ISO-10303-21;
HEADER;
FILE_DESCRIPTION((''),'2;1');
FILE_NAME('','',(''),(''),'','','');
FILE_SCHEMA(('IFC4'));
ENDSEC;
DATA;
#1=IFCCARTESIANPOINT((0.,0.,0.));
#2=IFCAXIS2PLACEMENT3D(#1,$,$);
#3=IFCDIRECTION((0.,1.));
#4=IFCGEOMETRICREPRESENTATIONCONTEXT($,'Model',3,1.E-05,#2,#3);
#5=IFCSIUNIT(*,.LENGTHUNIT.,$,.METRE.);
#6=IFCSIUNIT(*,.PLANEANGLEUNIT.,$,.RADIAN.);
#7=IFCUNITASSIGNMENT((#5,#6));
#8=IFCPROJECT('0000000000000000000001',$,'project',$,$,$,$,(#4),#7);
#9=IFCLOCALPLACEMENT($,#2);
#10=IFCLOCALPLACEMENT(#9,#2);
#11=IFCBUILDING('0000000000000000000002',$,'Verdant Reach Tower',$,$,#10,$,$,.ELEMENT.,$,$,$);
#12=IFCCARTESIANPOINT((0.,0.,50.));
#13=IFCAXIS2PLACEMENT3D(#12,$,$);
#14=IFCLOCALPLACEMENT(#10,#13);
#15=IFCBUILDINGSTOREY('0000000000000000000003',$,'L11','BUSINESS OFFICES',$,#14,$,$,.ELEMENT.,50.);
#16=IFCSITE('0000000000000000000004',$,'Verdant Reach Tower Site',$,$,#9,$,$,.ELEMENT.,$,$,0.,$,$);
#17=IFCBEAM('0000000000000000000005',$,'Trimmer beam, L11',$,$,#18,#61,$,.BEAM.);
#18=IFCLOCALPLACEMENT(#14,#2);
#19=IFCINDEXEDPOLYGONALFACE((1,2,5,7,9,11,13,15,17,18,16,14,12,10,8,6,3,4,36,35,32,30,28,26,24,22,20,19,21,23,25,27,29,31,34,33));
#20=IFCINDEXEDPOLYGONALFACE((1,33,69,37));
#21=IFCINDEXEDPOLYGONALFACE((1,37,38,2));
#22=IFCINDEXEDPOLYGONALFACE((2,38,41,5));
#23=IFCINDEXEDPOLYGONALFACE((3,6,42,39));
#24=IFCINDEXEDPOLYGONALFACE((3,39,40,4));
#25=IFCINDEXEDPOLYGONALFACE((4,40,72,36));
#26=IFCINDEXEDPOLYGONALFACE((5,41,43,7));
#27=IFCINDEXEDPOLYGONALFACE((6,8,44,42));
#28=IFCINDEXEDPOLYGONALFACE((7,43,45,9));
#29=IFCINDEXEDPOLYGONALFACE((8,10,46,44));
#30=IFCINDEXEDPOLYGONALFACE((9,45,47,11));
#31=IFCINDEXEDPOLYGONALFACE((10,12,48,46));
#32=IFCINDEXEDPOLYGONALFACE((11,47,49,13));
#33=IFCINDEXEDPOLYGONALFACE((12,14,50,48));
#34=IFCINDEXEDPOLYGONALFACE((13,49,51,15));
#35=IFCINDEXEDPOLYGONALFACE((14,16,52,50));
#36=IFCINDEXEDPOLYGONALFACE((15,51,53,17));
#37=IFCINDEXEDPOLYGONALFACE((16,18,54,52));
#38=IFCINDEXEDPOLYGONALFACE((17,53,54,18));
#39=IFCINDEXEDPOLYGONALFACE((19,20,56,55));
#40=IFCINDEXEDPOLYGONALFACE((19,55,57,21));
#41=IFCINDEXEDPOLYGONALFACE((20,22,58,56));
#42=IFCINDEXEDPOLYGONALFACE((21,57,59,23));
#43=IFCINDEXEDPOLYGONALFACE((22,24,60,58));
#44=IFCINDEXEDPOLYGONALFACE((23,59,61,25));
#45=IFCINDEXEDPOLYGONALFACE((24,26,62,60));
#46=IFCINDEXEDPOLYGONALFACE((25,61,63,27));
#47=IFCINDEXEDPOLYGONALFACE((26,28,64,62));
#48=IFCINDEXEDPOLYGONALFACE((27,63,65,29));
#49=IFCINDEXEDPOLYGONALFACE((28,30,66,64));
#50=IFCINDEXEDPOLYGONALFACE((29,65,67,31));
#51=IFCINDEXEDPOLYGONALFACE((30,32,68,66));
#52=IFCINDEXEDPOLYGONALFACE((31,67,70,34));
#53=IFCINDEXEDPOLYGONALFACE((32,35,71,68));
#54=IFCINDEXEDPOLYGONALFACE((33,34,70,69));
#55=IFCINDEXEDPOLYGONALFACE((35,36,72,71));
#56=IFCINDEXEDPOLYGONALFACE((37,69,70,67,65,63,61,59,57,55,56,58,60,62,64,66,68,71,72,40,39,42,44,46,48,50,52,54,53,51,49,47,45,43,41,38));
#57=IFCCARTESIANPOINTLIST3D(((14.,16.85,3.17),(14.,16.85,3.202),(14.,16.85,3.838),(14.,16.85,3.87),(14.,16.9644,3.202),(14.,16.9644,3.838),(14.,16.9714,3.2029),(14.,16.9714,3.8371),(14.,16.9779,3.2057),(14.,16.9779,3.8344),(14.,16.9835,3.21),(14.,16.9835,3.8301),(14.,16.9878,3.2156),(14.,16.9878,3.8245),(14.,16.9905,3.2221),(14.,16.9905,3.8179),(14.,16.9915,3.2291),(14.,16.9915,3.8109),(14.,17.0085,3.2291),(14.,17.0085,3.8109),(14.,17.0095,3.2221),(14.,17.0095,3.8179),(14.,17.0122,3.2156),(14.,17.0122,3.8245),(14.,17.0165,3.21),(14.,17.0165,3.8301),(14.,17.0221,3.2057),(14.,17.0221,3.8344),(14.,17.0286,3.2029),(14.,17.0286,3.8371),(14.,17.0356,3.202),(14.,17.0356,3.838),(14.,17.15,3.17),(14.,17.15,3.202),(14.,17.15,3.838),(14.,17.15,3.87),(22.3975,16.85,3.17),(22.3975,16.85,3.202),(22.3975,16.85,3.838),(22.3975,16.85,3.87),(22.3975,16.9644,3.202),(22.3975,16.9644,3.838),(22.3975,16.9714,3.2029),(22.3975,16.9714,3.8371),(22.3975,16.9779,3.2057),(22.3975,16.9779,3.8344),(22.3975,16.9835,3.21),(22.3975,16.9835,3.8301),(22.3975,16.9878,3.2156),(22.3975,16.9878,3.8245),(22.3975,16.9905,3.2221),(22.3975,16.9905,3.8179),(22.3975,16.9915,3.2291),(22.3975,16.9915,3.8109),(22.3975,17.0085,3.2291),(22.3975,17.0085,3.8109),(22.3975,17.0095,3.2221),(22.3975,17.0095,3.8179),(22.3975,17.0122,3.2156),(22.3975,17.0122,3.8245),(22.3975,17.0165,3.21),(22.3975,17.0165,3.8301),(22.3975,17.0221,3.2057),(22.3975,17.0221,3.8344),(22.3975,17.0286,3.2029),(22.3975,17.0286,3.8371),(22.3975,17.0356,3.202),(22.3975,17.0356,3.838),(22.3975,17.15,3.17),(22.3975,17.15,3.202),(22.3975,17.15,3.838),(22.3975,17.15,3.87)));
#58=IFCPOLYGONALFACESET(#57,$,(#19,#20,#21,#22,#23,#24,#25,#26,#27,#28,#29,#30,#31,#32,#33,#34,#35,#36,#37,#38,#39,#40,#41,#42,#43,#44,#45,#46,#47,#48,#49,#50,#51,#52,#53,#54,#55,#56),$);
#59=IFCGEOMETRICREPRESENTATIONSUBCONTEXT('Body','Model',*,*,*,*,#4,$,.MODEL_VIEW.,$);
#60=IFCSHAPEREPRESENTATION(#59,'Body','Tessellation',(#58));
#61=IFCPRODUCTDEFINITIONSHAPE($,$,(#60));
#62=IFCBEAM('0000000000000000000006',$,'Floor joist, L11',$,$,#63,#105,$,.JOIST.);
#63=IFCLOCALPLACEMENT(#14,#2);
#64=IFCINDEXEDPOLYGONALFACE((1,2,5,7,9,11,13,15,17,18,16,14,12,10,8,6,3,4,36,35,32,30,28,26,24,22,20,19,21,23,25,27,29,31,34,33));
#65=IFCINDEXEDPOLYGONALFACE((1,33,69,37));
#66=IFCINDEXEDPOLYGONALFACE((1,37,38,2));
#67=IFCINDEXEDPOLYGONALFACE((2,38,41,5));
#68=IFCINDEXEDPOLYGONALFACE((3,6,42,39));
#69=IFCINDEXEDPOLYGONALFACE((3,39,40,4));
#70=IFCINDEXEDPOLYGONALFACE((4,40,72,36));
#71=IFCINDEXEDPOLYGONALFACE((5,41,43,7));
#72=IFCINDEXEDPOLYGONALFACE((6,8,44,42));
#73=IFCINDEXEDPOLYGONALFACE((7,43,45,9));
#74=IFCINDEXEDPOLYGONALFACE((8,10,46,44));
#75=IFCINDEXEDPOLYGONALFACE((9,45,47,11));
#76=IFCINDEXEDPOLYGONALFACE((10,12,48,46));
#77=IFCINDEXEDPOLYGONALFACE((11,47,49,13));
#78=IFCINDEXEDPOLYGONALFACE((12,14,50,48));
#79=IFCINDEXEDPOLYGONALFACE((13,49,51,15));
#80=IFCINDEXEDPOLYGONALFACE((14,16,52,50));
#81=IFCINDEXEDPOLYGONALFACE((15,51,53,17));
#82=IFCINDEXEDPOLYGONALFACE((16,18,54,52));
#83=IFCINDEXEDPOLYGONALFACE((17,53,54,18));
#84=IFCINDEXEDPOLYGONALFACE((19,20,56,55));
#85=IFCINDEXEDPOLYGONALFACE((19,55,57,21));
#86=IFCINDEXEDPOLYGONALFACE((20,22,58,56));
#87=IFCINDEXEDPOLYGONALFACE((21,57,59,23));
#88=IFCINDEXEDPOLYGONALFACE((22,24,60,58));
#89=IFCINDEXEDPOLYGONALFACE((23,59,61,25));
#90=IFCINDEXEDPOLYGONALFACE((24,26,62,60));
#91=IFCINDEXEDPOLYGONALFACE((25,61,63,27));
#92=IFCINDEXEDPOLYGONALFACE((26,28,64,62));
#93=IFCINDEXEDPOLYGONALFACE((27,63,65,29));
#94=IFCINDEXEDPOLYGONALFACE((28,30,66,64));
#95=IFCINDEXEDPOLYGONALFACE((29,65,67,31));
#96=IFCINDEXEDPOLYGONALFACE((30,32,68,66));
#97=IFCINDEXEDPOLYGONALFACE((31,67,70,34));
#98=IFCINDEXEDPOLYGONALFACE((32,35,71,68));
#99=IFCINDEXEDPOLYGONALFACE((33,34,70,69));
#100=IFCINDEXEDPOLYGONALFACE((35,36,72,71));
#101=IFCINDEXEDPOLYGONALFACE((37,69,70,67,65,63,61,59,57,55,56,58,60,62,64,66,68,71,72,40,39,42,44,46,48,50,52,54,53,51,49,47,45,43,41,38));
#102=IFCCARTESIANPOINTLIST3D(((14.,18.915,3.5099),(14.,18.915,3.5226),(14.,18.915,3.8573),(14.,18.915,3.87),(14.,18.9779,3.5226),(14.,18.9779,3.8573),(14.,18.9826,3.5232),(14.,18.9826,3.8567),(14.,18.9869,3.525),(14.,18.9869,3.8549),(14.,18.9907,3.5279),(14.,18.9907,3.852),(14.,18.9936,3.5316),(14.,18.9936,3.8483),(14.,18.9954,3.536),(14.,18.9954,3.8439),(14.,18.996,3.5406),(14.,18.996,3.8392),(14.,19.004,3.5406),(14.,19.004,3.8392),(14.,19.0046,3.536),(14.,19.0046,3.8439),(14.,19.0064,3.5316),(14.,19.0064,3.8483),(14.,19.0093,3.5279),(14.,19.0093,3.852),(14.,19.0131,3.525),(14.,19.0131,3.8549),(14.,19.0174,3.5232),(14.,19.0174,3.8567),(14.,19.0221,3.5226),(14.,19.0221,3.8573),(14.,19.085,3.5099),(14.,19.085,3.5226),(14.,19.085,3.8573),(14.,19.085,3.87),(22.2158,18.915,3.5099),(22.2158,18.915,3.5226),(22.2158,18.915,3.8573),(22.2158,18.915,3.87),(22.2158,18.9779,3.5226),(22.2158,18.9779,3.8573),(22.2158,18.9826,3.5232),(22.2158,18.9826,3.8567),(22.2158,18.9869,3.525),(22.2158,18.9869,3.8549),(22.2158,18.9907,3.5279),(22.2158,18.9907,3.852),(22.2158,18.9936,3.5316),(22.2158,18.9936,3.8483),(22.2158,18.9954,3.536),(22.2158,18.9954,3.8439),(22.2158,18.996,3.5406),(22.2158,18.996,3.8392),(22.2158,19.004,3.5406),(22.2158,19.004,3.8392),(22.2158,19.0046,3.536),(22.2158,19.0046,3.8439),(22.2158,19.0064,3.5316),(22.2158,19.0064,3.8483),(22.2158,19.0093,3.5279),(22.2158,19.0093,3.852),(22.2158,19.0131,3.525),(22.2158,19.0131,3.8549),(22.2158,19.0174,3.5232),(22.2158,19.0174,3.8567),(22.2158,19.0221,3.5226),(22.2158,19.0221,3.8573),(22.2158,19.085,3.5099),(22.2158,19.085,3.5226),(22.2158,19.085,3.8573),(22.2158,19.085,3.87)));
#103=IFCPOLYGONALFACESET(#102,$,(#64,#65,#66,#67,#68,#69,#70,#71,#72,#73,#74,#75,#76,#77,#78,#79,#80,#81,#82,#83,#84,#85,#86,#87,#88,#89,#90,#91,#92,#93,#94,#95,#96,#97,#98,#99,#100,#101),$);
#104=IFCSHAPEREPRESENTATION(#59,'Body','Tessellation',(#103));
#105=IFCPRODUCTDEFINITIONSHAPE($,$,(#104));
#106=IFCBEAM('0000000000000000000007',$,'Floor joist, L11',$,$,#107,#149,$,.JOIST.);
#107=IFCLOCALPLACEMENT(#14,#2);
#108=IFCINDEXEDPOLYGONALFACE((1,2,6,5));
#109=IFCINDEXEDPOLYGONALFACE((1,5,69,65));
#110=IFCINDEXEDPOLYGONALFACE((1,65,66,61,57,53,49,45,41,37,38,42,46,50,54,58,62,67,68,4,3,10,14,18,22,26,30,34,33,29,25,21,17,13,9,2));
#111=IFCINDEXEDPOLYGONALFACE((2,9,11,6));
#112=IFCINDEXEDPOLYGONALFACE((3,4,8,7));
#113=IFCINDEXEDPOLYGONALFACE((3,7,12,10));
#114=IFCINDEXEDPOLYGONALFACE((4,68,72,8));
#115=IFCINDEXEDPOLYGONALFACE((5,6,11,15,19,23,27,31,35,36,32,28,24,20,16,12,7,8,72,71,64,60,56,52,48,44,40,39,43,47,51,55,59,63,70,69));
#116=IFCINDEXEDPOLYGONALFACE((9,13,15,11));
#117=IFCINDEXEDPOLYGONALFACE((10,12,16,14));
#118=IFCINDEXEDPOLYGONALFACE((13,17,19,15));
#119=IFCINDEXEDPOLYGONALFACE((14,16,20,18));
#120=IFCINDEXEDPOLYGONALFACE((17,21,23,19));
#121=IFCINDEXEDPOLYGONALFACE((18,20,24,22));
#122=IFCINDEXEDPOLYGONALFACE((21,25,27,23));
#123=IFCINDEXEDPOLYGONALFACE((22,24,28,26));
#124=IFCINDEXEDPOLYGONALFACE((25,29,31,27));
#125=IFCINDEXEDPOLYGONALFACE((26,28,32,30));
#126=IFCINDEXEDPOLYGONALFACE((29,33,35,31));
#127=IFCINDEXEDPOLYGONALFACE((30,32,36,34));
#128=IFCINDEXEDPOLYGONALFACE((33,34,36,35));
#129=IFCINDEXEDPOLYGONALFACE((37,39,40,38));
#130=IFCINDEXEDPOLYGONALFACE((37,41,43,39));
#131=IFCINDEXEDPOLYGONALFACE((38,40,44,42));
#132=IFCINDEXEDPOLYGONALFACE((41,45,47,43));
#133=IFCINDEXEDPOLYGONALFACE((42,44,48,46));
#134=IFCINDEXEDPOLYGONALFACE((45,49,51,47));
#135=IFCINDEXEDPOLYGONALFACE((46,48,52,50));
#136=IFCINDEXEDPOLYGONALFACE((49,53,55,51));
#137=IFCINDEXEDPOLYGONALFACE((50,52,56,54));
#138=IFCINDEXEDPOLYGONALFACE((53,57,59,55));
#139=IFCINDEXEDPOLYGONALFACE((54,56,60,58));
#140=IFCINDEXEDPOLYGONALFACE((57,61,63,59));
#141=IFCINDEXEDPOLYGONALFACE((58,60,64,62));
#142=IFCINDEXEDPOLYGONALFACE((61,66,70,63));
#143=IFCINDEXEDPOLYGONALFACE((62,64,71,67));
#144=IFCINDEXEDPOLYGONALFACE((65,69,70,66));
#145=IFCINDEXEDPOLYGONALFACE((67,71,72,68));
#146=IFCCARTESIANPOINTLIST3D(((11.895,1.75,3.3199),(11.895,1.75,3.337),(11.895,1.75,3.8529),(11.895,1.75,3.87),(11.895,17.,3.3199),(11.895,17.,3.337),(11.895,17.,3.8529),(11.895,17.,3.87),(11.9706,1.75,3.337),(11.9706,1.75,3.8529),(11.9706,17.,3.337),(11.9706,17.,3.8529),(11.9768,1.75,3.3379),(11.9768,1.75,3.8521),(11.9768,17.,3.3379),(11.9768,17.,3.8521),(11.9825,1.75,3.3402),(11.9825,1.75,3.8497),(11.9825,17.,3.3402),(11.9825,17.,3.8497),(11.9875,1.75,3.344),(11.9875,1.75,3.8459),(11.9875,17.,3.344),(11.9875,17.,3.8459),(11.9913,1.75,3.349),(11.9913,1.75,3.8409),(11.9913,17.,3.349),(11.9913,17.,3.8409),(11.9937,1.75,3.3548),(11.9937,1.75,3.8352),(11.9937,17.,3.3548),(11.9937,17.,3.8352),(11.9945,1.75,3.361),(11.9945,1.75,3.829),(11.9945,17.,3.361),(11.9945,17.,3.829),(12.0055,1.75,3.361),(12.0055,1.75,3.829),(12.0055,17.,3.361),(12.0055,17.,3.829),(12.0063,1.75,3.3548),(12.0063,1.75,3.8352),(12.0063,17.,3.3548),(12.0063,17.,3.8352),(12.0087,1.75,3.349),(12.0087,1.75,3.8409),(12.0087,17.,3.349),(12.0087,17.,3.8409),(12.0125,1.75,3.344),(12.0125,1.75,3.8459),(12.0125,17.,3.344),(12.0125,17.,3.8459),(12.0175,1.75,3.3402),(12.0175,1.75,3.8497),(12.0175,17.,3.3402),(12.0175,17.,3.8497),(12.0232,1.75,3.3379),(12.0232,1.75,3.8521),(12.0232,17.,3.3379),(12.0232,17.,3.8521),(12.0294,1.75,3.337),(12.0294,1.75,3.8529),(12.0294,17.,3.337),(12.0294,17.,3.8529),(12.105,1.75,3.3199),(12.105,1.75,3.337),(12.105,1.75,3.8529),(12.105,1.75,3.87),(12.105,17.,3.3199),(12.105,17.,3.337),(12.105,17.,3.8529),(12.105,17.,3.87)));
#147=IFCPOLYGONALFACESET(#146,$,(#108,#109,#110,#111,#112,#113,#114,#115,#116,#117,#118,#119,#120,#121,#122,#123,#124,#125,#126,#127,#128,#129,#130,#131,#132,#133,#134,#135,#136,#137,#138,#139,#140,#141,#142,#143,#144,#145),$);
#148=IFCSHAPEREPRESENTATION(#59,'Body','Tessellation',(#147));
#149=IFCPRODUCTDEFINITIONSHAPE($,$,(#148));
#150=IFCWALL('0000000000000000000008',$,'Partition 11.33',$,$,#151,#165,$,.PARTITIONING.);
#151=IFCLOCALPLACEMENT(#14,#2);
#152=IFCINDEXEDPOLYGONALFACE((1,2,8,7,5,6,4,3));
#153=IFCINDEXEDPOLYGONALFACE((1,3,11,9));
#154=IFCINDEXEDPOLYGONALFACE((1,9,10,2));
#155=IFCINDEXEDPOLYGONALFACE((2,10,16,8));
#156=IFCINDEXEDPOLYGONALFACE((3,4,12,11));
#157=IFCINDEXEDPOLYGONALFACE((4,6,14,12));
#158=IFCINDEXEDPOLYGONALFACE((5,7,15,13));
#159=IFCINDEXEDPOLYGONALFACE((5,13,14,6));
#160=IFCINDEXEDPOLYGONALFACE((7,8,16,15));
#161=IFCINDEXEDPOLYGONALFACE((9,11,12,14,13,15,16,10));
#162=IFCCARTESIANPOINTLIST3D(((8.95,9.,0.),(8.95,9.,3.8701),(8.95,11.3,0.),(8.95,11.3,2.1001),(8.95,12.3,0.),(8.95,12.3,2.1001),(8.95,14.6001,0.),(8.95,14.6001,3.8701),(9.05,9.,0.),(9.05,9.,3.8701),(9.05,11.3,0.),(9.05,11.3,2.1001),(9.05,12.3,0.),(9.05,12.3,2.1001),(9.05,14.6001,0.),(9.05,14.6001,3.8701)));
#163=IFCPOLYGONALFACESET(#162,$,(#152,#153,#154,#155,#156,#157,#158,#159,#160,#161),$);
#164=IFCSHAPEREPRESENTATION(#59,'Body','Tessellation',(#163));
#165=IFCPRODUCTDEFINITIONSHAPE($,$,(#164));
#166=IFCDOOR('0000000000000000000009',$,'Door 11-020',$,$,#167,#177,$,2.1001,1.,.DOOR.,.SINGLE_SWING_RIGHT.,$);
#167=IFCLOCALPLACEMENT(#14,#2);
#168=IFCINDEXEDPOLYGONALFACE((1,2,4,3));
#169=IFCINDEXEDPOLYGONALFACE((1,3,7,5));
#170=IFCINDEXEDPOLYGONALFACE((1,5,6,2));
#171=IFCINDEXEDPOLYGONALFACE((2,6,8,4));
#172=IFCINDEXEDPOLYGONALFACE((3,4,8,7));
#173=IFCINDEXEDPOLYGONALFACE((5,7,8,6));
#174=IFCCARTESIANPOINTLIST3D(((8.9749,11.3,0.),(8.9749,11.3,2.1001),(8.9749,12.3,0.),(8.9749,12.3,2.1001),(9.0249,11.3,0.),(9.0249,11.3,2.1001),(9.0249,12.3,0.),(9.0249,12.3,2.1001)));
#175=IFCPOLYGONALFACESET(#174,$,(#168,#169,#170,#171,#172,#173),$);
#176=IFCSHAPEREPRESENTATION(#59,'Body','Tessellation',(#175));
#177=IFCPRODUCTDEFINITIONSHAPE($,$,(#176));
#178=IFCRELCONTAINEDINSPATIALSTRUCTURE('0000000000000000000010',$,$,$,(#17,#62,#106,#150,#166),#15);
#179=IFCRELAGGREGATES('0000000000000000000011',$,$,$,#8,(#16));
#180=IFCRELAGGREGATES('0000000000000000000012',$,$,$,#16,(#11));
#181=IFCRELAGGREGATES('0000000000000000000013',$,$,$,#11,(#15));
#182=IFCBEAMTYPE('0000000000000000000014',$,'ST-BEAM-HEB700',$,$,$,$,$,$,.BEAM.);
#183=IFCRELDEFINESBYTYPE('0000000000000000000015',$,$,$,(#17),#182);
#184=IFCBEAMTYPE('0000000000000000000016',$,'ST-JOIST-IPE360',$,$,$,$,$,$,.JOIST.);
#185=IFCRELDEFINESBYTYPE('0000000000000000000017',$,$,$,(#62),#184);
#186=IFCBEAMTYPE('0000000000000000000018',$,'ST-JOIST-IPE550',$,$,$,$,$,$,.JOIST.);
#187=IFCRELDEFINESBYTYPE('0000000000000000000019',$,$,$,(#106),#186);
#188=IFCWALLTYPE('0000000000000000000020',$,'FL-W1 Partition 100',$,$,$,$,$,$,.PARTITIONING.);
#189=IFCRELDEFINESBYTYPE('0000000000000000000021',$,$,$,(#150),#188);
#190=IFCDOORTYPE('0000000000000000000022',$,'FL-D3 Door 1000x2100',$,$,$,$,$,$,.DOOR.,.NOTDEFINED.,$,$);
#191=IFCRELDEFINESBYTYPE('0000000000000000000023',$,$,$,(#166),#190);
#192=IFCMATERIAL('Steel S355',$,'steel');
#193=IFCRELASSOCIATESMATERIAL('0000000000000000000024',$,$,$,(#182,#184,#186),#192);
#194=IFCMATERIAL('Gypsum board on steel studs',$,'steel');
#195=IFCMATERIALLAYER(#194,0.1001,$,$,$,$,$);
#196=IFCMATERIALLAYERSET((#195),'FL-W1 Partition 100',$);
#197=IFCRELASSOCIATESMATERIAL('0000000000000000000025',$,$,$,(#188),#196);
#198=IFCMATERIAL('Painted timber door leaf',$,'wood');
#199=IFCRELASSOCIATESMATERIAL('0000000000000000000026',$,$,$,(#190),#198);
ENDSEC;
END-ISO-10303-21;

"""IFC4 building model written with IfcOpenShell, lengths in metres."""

from ifc_helpers import new_model, si_unit, direction, frame, frame_2d, origin, origin_2d, place, context, subcontext, project, spatial, rectangle, i_section, extrude, material, layer, layer_set, material_profile, profile_set, type_object, element, fill, save


model = new_model("IFC4")

# Units and contexts
model_context = context("Model", 3, precision=1e-05, world=origin(), true_north=direction((0.0, 1.0)))
body_context = subcontext(model_context, "Body", "Model", "MODEL_VIEW")
ifc_project = project(units=[si_unit("LENGTHUNIT", "METRE"), si_unit("PLANEANGLEUNIT", "RADIAN")], contexts=[model_context])

# Site, building, storey
site_placement = place(None, origin())
site = spatial("IfcSite", under=ifc_project, at=site_placement, Name="Verdant Reach Tower Site", CompositionType="ELEMENT", RefElevation=0.0)
building_placement = place(site_placement, origin())
building = spatial("IfcBuilding", under=site, at=building_placement, Name="Verdant Reach Tower", CompositionType="ELEMENT")
storey_placement = place(building_placement, frame((0.0, 0.0, 50.0)))
storey = spatial("IfcBuildingStorey", under=building, at=storey_placement, Name="L11", Description="BUSINESS OFFICES", CompositionType="ELEMENT", Elevation=50.0)

# Beams
ifc_material_1 = material(Name="Steel S355", Category="steel")
ifc_material_profile_1 = material_profile(ifc_material_1, i_section(OverallWidth=0.3, OverallDepth=0.7, WebThickness=0.0171, FlangeThickness=0.032, FilletRadius=0.0271, at=origin_2d()), Name="HEB 700")
ifc_profile_set_1 = profile_set([ifc_material_profile_1], Name="Steel S355")
beam_type_1 = type_object("IfcBeamType", Name="ST-BEAM-HEB700", PredefinedType="BEAM", material=ifc_profile_set_1)
beam_1_placement = place(storey_placement, frame((14.0, 17.0, 3.52), z_axis=(1.0, 0.0, 0.0), x_axis=(0.0, 1.0, 0.0)))
element("IfcBeam", 1, at=beam_1_placement, inside=storey, type_object=beam_type_1, Name="Trimmer beam, L11", PredefinedType="BEAM", context=body_context, shape_type="SweptSolid", body=[
    extrude(i_section(OverallWidth=0.3, OverallDepth=0.7, WebThickness=0.0171, FlangeThickness=0.032, FilletRadius=0.0271, at=origin_2d()), origin(), (0.0, 0.0, 1.0), 8.3975),
])
ifc_material_profile_2 = material_profile(ifc_material_1, i_section(OverallWidth=0.1699, OverallDepth=0.3601, WebThickness=0.0081, FlangeThickness=0.0127, FilletRadius=0.0181, at=origin_2d()), Name="IPE 360")
ifc_profile_set_2 = profile_set([ifc_material_profile_2], Name="Steel S355")
beam_type_2 = type_object("IfcBeamType", Name="ST-JOIST-IPE360", PredefinedType="JOIST", material=ifc_profile_set_2)
beam_2_placement = place(storey_placement, frame((14.0, 19.0, 3.6899), z_axis=(1.0, 0.0, 0.0), x_axis=(0.0, 1.0, 0.0)))
element("IfcBeam", 2, at=beam_2_placement, inside=storey, type_object=beam_type_2, Name="Floor joist, L11", PredefinedType="JOIST", context=body_context, shape_type="SweptSolid", body=[
    extrude(i_section(OverallWidth=0.1699, OverallDepth=0.3601, WebThickness=0.0081, FlangeThickness=0.0127, FilletRadius=0.0181, at=origin_2d()), origin(), (0.0, 0.0, 1.0), 8.2158),
])
ifc_material_profile_3 = material_profile(ifc_material_1, i_section(OverallWidth=0.21, OverallDepth=0.55, WebThickness=0.011, FlangeThickness=0.0171, FilletRadius=0.0239, at=origin_2d()), Name="IPE 550")
ifc_profile_set_3 = profile_set([ifc_material_profile_3], Name="Steel S355")
beam_type_3 = type_object("IfcBeamType", Name="ST-JOIST-IPE550", PredefinedType="JOIST", material=ifc_profile_set_3)
beam_3_placement = place(storey_placement, frame((12.0, 17.0, 3.595), z_axis=(0.0, -1.0, 0.0), x_axis=(1.0, 0.0, 0.0)))
element("IfcBeam", 3, at=beam_3_placement, inside=storey, type_object=beam_type_3, Name="Floor joist, L11", PredefinedType="JOIST", context=body_context, shape_type="SweptSolid", body=[
    extrude(i_section(OverallWidth=0.21, OverallDepth=0.55, WebThickness=0.011, FlangeThickness=0.0171, FilletRadius=0.0239, at=origin_2d()), origin(), (0.0, 0.0, 1.0), 15.25),
])

# Wall, opening, door
ifc_material_2 = material(Name="Gypsum board on steel studs", Category="steel")
ifc_layer_1 = layer(ifc_material_2, 0.1001)
ifc_layer_set_1 = layer_set([ifc_layer_1], Name="FL-W1 Partition 100")
wall_type_1 = type_object("IfcWallType", Name="FL-W1 Partition 100", PredefinedType="PARTITIONING", material=ifc_layer_set_1)
wall_1_placement = place(storey_placement, frame((9.0, 14.6001, 0.0), z_axis=(0.0, 0.0, 1.0), x_axis=(0.0, -1.0, 0.0)))
wall_1 = element("IfcWall", 4, at=wall_1_placement, inside=storey, type_object=wall_type_1, Name="Partition 11.33", PredefinedType="PARTITIONING", context=body_context, shape_type="SweptSolid", body=[
    extrude(rectangle(XDim=5.6001, YDim=0.1001, at=frame_2d((2.8, 0.0))), origin(), (0.0, 0.0, 1.0), 3.8701),
])
opening_1_placement = place(wall_1_placement, frame((2.3, 0.0, 0.0)))
opening_1 = element("IfcOpeningElement", 5, at=opening_1_placement, cuts=wall_1, PredefinedType="OPENING", context=body_context, shape_type="SweptSolid", body=[
    extrude(rectangle(XDim=1.0, YDim=2.1001, at=frame_2d((0.5, 1.05))), frame((0.0, 0.0601, 0.0), z_axis=(0.0, -1.0, 0.0), x_axis=(1.0, 0.0, 0.0)), (0.0, 0.0, 1.0), 0.1201),
])
ifc_material_3 = material(Name="Painted timber door leaf", Category="wood")
door_type_1 = type_object("IfcDoorType", Name="FL-D3 Door 1000x2100", OperationType="NOTDEFINED", PredefinedType="DOOR", material=ifc_material_3)
door_1_placement = place(opening_1_placement, origin())
door_1 = element("IfcDoor", 6, at=door_1_placement, inside=storey, type_object=door_type_1, Name="Door 11-020", OperationType="SINGLE_SWING_RIGHT", OverallHeight=2.1001, OverallWidth=1.0, PredefinedType="DOOR", context=body_context, shape_type="SweptSolid", body=[
    extrude(rectangle(XDim=1.0, YDim=2.1001, at=frame_2d((0.5, 1.05))), frame((0.0, 0.0249, 0.0), z_axis=(0.0, -1.0, 0.0), x_axis=(1.0, 0.0, 0.0)), (0.0, 0.0, 1.0), 0.05),
])
fill(opening_1, door_1)

save(model, "model.ifc")
